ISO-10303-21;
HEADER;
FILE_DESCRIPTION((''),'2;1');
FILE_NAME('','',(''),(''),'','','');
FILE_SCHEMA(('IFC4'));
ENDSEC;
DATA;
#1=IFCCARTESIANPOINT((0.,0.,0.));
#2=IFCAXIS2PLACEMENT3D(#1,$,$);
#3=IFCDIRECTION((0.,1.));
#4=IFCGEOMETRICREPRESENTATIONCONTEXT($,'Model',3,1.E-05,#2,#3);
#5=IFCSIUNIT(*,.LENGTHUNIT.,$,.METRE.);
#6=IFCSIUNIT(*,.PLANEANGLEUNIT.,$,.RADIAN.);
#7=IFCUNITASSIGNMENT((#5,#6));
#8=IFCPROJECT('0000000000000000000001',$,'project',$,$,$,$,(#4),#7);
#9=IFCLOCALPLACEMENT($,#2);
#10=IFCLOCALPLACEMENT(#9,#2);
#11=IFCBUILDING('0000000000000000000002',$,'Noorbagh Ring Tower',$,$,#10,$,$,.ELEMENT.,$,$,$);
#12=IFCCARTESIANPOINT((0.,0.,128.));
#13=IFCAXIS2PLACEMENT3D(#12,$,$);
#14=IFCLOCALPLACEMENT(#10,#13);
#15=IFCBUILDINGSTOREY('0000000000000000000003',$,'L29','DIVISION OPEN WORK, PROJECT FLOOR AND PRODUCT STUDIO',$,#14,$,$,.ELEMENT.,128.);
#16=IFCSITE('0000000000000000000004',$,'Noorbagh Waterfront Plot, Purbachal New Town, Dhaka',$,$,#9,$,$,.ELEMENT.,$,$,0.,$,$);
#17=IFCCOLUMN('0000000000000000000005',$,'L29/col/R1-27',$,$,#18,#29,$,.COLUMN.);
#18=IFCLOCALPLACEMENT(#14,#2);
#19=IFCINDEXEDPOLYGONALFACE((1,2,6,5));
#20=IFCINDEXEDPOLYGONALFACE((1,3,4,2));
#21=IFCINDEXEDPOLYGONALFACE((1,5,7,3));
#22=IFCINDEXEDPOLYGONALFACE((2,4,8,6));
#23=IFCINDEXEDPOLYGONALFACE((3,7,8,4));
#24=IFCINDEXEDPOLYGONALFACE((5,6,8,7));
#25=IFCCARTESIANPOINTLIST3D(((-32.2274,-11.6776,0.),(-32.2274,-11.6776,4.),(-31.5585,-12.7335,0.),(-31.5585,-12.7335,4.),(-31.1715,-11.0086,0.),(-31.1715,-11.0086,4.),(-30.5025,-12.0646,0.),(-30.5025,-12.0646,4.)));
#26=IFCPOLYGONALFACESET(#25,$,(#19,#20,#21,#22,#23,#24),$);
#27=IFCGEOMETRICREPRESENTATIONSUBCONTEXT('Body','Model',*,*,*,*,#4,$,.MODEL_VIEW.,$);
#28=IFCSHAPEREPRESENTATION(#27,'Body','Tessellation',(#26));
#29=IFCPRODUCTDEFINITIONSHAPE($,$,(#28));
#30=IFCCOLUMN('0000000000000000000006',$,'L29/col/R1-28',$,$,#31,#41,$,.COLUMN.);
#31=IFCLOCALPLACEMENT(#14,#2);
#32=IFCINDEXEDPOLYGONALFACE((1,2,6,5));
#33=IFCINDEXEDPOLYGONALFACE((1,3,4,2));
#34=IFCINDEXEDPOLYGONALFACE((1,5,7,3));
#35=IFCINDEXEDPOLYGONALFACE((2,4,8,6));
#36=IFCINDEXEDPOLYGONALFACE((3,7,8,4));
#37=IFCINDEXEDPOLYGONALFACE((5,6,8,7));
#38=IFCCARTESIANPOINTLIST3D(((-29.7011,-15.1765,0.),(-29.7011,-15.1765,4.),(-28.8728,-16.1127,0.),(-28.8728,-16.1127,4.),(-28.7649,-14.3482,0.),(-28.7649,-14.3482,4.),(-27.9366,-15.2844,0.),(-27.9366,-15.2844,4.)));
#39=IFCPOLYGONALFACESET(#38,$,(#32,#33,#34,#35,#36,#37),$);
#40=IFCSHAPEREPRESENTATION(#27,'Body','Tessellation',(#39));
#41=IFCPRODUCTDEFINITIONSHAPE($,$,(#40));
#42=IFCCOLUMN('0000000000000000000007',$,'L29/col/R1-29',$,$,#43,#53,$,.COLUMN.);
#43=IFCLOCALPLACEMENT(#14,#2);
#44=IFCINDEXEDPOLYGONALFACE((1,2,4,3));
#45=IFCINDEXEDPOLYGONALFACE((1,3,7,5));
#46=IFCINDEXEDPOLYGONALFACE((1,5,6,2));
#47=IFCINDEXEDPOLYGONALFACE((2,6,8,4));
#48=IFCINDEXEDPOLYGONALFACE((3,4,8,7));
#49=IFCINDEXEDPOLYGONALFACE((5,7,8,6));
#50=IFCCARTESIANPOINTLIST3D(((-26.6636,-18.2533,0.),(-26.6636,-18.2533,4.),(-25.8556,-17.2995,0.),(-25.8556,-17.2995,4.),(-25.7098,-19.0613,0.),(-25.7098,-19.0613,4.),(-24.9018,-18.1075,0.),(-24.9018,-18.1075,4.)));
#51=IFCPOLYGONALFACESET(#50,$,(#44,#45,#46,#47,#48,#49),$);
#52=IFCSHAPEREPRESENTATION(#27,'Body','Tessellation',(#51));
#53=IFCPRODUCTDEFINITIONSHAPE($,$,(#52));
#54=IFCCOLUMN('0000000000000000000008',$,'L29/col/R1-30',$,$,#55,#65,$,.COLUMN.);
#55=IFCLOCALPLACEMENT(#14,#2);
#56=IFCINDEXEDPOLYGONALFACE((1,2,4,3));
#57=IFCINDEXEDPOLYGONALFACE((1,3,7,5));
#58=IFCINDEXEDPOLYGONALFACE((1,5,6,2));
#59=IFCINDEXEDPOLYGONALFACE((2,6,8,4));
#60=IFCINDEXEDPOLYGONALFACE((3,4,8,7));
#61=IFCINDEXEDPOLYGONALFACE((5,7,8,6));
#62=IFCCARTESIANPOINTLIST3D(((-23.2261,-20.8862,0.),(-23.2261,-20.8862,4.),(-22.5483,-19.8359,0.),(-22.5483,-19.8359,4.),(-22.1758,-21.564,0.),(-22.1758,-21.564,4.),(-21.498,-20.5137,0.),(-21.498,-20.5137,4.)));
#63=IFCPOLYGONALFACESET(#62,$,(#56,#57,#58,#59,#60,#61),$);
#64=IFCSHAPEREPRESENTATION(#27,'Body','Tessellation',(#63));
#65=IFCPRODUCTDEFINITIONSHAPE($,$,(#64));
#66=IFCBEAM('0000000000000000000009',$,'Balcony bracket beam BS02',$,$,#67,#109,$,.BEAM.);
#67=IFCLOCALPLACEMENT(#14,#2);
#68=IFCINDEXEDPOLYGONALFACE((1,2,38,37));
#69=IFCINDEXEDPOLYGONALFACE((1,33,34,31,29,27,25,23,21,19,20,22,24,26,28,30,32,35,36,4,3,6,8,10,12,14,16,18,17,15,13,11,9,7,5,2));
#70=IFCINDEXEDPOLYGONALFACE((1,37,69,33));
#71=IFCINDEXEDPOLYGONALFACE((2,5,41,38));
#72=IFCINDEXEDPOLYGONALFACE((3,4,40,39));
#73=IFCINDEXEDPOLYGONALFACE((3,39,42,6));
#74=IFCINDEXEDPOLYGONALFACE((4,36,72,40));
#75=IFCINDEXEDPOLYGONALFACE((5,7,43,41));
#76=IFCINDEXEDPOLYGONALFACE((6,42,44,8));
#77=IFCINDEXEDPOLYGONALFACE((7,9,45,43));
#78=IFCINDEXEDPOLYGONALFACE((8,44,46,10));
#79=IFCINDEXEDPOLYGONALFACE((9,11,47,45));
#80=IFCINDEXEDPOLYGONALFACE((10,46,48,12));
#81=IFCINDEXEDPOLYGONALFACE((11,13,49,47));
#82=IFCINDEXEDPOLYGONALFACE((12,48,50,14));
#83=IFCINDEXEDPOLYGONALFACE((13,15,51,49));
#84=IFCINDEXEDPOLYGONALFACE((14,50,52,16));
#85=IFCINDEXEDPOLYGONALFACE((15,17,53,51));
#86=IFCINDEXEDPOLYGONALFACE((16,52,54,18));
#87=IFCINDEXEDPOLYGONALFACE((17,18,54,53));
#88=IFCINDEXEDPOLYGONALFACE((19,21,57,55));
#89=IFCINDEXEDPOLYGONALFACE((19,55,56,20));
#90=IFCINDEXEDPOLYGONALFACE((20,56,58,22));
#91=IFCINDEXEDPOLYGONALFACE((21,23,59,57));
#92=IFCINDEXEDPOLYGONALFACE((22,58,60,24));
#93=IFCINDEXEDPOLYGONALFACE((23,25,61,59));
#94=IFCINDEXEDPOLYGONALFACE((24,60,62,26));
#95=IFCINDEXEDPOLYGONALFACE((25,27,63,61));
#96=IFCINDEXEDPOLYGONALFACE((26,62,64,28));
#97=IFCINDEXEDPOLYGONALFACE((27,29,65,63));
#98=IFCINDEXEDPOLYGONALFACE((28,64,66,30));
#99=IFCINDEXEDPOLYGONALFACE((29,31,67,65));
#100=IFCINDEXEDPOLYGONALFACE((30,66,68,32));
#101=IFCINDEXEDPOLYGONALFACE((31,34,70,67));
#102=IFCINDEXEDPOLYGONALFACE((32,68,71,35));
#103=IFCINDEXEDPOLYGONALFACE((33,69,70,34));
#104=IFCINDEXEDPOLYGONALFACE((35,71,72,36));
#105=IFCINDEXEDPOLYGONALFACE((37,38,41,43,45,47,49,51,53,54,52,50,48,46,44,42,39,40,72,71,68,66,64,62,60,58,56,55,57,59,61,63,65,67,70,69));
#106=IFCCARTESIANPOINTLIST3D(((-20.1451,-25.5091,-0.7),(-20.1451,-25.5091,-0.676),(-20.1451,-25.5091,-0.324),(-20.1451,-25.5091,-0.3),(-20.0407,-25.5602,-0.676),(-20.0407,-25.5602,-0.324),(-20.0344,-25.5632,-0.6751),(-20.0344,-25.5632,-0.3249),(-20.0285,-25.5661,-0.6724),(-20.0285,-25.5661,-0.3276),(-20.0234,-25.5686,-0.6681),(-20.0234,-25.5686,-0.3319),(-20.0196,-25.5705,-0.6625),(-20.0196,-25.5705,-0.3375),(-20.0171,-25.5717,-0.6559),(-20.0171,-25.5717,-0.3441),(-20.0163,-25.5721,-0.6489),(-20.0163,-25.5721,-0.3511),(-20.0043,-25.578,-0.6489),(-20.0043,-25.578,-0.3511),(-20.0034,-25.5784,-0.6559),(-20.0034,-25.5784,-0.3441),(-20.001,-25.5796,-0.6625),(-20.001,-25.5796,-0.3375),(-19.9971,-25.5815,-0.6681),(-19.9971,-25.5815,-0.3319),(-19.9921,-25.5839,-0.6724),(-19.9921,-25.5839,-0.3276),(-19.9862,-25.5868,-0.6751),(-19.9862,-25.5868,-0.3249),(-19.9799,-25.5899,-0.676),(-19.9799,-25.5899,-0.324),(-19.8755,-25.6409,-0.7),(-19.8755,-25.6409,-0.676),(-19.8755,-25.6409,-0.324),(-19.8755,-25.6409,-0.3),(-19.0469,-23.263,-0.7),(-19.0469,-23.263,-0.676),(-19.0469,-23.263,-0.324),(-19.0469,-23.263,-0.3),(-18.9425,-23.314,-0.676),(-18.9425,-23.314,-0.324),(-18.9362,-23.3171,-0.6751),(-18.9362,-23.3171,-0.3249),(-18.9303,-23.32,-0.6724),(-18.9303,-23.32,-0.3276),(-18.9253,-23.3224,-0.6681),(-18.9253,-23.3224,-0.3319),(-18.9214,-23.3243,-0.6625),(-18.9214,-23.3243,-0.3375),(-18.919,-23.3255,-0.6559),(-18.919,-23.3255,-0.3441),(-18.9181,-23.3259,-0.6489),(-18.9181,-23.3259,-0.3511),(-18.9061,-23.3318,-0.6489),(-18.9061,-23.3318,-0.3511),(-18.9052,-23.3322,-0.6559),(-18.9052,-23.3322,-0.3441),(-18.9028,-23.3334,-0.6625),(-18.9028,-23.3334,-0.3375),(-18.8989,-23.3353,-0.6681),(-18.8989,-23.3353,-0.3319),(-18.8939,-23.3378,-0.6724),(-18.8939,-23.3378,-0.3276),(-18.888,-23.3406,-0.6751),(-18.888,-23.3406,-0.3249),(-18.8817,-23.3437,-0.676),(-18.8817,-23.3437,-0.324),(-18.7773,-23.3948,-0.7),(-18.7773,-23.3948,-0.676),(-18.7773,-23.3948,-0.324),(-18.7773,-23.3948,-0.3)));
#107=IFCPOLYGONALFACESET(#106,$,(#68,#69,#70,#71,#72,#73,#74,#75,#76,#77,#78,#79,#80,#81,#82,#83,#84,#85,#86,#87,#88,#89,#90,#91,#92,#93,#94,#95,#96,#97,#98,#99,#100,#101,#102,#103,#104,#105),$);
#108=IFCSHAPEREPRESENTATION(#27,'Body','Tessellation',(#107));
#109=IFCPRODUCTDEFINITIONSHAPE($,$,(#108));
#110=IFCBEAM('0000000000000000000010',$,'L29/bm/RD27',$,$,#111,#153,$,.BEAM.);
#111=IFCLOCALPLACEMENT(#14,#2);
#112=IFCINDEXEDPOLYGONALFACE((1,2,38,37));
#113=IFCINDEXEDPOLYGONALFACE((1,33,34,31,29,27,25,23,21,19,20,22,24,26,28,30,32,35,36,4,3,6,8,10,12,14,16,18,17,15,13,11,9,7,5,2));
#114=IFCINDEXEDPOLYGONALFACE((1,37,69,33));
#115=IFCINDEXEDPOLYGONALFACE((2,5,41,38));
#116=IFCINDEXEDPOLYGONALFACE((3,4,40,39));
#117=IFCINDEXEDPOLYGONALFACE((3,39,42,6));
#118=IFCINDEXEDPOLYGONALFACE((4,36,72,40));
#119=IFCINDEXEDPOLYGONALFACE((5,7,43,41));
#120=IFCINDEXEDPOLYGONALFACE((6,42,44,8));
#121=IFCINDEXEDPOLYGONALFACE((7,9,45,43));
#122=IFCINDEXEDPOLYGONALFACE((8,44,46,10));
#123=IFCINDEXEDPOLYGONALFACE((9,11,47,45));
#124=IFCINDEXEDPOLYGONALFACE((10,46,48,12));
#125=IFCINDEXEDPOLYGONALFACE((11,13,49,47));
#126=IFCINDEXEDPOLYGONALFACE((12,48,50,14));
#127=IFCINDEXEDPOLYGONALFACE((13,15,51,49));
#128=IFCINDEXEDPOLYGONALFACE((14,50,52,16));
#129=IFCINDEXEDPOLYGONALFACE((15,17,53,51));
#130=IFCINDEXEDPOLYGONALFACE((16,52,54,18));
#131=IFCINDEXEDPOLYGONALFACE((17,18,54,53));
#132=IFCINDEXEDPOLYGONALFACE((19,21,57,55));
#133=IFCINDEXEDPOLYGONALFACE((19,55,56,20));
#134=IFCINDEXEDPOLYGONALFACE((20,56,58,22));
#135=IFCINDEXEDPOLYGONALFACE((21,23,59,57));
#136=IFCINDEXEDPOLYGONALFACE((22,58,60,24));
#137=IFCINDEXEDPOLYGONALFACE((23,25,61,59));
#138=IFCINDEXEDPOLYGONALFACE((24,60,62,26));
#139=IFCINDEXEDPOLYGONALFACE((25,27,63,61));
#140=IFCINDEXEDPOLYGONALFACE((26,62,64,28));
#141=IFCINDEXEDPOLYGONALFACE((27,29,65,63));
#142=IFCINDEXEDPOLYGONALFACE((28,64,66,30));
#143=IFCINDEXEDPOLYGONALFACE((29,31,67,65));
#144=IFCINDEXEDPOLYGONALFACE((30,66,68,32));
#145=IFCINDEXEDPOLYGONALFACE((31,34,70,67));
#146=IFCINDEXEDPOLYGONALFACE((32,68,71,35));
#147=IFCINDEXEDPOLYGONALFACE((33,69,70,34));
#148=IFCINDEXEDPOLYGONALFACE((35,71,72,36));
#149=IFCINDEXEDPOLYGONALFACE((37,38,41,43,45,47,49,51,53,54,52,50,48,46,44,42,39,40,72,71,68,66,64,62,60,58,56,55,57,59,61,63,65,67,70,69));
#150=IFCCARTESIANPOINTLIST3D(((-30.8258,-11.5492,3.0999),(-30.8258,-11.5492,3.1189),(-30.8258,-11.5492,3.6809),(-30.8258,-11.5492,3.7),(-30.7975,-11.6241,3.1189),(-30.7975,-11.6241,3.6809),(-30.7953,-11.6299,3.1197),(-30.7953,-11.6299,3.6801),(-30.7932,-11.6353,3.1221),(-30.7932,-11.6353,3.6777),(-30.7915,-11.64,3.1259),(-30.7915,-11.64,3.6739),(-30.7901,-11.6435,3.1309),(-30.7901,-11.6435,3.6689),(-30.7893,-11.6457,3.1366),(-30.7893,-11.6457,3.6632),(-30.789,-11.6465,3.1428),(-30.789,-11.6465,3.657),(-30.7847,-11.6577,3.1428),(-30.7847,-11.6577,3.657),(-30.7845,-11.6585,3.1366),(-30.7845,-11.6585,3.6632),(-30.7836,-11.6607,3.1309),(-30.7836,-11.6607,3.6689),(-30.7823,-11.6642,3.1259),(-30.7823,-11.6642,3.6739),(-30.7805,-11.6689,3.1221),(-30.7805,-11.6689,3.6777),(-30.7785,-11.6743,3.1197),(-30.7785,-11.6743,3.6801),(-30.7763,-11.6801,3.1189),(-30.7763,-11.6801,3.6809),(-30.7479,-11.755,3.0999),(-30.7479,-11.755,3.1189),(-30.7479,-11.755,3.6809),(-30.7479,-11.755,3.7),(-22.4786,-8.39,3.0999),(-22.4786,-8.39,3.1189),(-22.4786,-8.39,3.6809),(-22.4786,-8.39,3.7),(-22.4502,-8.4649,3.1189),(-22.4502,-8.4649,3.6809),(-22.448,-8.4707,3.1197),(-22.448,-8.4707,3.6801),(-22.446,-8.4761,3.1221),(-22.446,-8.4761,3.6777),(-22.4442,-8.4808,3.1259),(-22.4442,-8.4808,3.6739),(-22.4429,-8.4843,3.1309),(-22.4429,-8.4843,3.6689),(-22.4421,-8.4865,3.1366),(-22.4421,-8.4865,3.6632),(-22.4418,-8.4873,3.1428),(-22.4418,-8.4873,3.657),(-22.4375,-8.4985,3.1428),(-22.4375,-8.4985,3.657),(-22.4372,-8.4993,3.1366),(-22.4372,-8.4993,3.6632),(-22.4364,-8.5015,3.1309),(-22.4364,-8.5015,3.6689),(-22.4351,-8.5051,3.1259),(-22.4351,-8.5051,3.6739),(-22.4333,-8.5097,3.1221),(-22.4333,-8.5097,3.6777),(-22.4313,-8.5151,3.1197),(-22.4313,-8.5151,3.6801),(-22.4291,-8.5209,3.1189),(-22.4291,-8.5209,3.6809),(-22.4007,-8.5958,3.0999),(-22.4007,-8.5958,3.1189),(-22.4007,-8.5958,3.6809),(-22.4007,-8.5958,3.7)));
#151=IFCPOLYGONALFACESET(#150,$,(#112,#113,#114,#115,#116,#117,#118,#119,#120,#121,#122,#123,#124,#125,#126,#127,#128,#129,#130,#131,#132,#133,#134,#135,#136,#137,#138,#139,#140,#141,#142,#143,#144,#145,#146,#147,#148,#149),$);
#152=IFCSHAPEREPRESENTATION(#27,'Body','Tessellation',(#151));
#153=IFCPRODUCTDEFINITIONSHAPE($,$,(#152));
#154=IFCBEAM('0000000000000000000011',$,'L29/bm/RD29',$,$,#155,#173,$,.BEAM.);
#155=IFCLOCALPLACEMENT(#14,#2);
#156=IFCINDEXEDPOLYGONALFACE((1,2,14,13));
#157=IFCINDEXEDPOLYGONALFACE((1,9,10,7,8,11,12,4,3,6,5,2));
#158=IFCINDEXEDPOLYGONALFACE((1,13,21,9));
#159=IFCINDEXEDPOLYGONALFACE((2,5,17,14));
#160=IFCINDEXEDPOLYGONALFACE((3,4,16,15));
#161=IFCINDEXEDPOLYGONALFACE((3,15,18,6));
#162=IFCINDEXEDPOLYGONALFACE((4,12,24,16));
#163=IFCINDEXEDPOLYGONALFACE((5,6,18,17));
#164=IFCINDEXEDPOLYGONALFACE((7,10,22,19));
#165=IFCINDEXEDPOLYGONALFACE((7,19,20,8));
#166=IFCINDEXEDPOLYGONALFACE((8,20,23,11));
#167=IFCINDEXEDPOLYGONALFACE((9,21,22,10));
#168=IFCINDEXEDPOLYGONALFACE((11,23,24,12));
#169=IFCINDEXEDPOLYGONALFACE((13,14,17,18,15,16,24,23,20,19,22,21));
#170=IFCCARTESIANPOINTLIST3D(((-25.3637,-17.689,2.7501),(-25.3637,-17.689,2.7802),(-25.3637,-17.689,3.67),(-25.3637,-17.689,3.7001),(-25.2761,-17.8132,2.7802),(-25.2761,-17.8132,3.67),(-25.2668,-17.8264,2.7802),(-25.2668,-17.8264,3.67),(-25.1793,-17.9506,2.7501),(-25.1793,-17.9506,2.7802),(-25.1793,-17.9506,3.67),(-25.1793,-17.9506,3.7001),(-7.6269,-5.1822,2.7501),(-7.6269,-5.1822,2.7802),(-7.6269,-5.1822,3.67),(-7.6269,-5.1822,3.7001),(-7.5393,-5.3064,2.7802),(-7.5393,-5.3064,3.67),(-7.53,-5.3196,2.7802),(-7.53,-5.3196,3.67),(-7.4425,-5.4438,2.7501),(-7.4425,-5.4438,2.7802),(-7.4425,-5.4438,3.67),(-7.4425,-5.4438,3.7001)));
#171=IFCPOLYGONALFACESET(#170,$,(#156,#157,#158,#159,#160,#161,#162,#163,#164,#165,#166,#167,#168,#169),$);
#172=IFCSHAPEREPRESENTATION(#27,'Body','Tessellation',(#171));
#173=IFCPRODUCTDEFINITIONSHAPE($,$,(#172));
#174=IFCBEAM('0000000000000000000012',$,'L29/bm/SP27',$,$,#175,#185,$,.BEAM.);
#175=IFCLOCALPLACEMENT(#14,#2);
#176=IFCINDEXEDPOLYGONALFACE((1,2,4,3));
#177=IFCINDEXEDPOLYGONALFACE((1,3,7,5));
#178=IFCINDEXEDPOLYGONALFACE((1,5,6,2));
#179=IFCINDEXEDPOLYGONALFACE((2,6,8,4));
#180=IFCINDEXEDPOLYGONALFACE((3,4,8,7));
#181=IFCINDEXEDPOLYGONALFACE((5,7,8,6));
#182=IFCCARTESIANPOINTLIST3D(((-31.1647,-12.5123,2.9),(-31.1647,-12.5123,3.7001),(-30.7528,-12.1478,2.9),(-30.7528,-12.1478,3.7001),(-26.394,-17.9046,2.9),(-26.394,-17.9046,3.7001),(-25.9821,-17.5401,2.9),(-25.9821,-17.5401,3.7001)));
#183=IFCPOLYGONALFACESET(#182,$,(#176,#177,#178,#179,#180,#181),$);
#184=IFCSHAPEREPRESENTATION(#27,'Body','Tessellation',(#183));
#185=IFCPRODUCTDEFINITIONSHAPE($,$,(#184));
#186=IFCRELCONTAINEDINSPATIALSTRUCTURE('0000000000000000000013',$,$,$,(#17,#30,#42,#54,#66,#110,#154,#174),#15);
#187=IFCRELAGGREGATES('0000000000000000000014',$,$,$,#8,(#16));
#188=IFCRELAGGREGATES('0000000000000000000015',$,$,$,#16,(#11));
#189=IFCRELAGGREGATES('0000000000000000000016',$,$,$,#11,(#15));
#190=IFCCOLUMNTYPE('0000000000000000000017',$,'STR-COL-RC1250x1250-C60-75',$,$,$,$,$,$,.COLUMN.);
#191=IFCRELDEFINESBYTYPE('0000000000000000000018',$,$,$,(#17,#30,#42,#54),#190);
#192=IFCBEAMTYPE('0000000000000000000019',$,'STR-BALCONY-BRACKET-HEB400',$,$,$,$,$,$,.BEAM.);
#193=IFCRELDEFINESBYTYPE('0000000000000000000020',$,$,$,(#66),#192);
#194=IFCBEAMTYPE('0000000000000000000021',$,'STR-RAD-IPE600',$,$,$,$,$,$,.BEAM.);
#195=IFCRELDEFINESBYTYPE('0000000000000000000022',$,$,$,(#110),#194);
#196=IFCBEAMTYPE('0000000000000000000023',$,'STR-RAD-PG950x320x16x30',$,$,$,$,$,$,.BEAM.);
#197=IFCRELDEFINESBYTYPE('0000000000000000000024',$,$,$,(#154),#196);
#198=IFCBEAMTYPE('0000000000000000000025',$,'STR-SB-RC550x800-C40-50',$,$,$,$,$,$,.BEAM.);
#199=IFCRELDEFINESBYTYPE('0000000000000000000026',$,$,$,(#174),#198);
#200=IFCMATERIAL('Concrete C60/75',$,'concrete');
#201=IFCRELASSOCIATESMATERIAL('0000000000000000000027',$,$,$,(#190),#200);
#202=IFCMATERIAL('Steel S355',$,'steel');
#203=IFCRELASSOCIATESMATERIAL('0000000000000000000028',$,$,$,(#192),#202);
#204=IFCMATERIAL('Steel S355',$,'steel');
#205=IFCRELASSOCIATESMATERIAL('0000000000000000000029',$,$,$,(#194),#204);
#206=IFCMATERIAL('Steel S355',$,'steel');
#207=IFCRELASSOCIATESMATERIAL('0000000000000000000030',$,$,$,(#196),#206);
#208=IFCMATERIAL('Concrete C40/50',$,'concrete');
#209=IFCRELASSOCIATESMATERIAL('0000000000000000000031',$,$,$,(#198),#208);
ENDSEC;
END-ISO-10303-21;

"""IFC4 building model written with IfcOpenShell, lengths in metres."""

from ifc_helpers import new_model, si_unit, direction, frame, origin, origin_2d, place, context, subcontext, project, spatial, rectangle, i_section, extrude, material, material_profile, profile_set, type_object, element, save


model = new_model("IFC4")

# Units and contexts
model_context = context("Model", 3, precision=1e-05, world=origin(), true_north=direction((0.0, 1.0)))
body_context = subcontext(model_context, "Body", "Model", "MODEL_VIEW")
ifc_project = project(units=[si_unit("LENGTHUNIT", "METRE"), si_unit("PLANEANGLEUNIT", "RADIAN")], contexts=[model_context])

# Site, building, storey
site_placement = place(None, origin())
site = spatial("IfcSite", under=ifc_project, at=site_placement, Name="Noorbagh Waterfront Plot, Purbachal New Town, Dhaka", CompositionType="ELEMENT", RefElevation=0.0)
building_placement = place(site_placement, origin())
building = spatial("IfcBuilding", under=site, at=building_placement, Name="Noorbagh Ring Tower", CompositionType="ELEMENT")
storey_placement = place(building_placement, frame((0.0, 0.0, 128.0)))
storey = spatial("IfcBuildingStorey", under=building, at=storey_placement, Name="L29", Description="DIVISION OPEN WORK, PROJECT FLOOR AND PRODUCT STUDIO", CompositionType="ELEMENT", Elevation=128.0)

# Columns
ifc_material_1 = material(Name="Concrete C60/75", Category="concrete")
ifc_material_profile_1 = material_profile(ifc_material_1, rectangle(XDim=1.25, YDim=1.25, at=origin_2d()), Name="RC1250x1250")
ifc_profile_set_1 = profile_set([ifc_material_profile_1], Name="Concrete C60/75")
column_type = type_object("IfcColumnType", Name="STR-COL-RC1250x1250-C60-75", PredefinedType="COLUMN", material=ifc_profile_set_1)
for number, where, z_axis, x_axis, name in (
    (1, (-31.365, -11.8711, 0.0), (0.0, 0.0, 1.0), (0.53519, -0.844731, 0.0), "L29/col/R1-27"),
    (2, (-28.8188, -15.2305, 0.0), (0.0, 0.0, 1.0), (0.662636, -0.748942, 0.0), "L29/col/R1-28"),
    (3, (-25.7827, -18.1804, 0.0), (0.0, 0.0, 1.0), (0.763035, -0.646357, 0.0), "L29/col/R1-29"),
    (4, (-22.3621, -20.7, 0.0), (0.0, 0.0, 1.0), (0.840248, -0.542203, 0.0), "L29/col/R1-30"),
):
    element("IfcColumn", number, at=place(storey_placement, frame(where, z_axis=z_axis, x_axis=x_axis)), inside=storey, type_object=column_type, Name=name, PredefinedType="COLUMN", context=body_context, shape_type="SweptSolid", body=[
        extrude(rectangle(XDim=1.25, YDim=1.25, at=origin_2d()), origin(), (0.0, 0.0, 1.0), 4.0),
    ])

# Beams
ifc_material_2 = material(Name="Steel S355", Category="steel")
ifc_material_profile_2 = material_profile(ifc_material_2, i_section(OverallWidth=0.3, OverallDepth=0.3999, WebThickness=0.0134, FlangeThickness=0.0239, FilletRadius=0.0271, at=origin_2d()), Name="HEB400")
ifc_profile_set_2 = profile_set([ifc_material_profile_2], Name="Steel S355")
beam_type_1 = type_object("IfcBeamType", Name="STR-BALCONY-BRACKET-HEB400", PredefinedType="BEAM", material=ifc_profile_set_2)
beam_1_placement = place(storey_placement, frame((-18.9121, -23.3289, -0.5), z_axis=(-0.439228, -0.898376, 0.0), x_axis=(0.898376, -0.439228, 0.0)))
element("IfcBeam", 5, at=beam_1_placement, inside=storey, type_object=beam_type_1, Name="Balcony bracket beam BS02", PredefinedType="BEAM", context=body_context, shape_type="SweptSolid", body=[
    extrude(i_section(OverallWidth=0.3, OverallDepth=0.3999, WebThickness=0.0134, FlangeThickness=0.0239, FilletRadius=0.0271, at=origin_2d()), origin(), (0.0, 0.0, 1.0), 2.5002),
])
ifc_material_3 = material(Name="Steel S355", Category="steel")
ifc_material_profile_3 = material_profile(ifc_material_3, i_section(OverallWidth=0.22, OverallDepth=0.6001, WebThickness=0.012, FlangeThickness=0.019, FilletRadius=0.0239, at=origin_2d()), Name="IPE600")
ifc_profile_set_3 = profile_set([ifc_material_profile_3], Name="Steel S355")
beam_type_2 = type_object("IfcBeamType", Name="STR-RAD-IPE600", PredefinedType="BEAM", material=ifc_profile_set_3)
beam_2_placement = place(storey_placement, frame((-30.7869, -11.6521, 3.3999), z_axis=(0.935257, 0.35397, 0.0), x_axis=(-0.35397, 0.935257, 0.0)))
element("IfcBeam", 6, at=beam_2_placement, inside=storey, type_object=beam_type_2, Name="L29/bm/RD27", PredefinedType="BEAM", context=body_context, shape_type="SweptSolid", body=[
    extrude(i_section(OverallWidth=0.22, OverallDepth=0.6001, WebThickness=0.012, FlangeThickness=0.019, FilletRadius=0.0239, at=origin_2d()), origin(), (0.0, 0.0, 1.0), 8.925),
])
ifc_material_4 = material(Name="Steel S355", Category="steel")
ifc_material_profile_4 = material_profile(ifc_material_4, i_section(OverallWidth=0.3201, OverallDepth=0.95, WebThickness=0.0161, FlangeThickness=0.03, at=origin_2d()), Name="PG950x320x16x30")
ifc_profile_set_4 = profile_set([ifc_material_profile_4], Name="Steel S355")
beam_type_3 = type_object("IfcBeamType", Name="STR-RAD-PG950x320x16x30", PredefinedType="BEAM", material=ifc_profile_set_4)
beam_3_placement = place(storey_placement, frame((-25.2715, -17.8198, 3.2251), z_axis=(0.817256, 0.576275, 0.0), x_axis=(-0.576275, 0.817256, 0.0)))
element("IfcBeam", 7, at=beam_3_placement, inside=storey, type_object=beam_type_3, Name="L29/bm/RD29", PredefinedType="BEAM", context=body_context, shape_type="SweptSolid", body=[
    extrude(i_section(OverallWidth=0.3201, OverallDepth=0.95, WebThickness=0.0161, FlangeThickness=0.03, at=origin_2d()), origin(), (0.0, 0.0, 1.0), 21.7029),
])
ifc_material_5 = material(Name="Concrete C40/50", Category="concrete")
ifc_material_profile_5 = material_profile(ifc_material_5, rectangle(XDim=0.55, YDim=0.8, at=origin_2d()), Name="RC550x800")
ifc_profile_set_5 = profile_set([ifc_material_profile_5], Name="Concrete C40/50")
beam_type_4 = type_object("IfcBeamType", Name="STR-SB-RC550x800-C40-50", PredefinedType="BEAM", material=ifc_profile_set_5)
beam_4_placement = place(storey_placement, frame((-30.9587, -12.3301, 3.3), z_axis=(0.662621, -0.748954, 0.0), x_axis=(0.748954, 0.662621, 0.0)))
element("IfcBeam", 8, at=beam_4_placement, inside=storey, type_object=beam_type_4, Name="L29/bm/SP27", PredefinedType="BEAM", context=body_context, shape_type="SweptSolid", body=[
    extrude(rectangle(XDim=0.55, YDim=0.8, at=origin_2d()), origin(), (0.0, 0.0, 1.0), 7.1997),
])

save(model, "model.ifc")
